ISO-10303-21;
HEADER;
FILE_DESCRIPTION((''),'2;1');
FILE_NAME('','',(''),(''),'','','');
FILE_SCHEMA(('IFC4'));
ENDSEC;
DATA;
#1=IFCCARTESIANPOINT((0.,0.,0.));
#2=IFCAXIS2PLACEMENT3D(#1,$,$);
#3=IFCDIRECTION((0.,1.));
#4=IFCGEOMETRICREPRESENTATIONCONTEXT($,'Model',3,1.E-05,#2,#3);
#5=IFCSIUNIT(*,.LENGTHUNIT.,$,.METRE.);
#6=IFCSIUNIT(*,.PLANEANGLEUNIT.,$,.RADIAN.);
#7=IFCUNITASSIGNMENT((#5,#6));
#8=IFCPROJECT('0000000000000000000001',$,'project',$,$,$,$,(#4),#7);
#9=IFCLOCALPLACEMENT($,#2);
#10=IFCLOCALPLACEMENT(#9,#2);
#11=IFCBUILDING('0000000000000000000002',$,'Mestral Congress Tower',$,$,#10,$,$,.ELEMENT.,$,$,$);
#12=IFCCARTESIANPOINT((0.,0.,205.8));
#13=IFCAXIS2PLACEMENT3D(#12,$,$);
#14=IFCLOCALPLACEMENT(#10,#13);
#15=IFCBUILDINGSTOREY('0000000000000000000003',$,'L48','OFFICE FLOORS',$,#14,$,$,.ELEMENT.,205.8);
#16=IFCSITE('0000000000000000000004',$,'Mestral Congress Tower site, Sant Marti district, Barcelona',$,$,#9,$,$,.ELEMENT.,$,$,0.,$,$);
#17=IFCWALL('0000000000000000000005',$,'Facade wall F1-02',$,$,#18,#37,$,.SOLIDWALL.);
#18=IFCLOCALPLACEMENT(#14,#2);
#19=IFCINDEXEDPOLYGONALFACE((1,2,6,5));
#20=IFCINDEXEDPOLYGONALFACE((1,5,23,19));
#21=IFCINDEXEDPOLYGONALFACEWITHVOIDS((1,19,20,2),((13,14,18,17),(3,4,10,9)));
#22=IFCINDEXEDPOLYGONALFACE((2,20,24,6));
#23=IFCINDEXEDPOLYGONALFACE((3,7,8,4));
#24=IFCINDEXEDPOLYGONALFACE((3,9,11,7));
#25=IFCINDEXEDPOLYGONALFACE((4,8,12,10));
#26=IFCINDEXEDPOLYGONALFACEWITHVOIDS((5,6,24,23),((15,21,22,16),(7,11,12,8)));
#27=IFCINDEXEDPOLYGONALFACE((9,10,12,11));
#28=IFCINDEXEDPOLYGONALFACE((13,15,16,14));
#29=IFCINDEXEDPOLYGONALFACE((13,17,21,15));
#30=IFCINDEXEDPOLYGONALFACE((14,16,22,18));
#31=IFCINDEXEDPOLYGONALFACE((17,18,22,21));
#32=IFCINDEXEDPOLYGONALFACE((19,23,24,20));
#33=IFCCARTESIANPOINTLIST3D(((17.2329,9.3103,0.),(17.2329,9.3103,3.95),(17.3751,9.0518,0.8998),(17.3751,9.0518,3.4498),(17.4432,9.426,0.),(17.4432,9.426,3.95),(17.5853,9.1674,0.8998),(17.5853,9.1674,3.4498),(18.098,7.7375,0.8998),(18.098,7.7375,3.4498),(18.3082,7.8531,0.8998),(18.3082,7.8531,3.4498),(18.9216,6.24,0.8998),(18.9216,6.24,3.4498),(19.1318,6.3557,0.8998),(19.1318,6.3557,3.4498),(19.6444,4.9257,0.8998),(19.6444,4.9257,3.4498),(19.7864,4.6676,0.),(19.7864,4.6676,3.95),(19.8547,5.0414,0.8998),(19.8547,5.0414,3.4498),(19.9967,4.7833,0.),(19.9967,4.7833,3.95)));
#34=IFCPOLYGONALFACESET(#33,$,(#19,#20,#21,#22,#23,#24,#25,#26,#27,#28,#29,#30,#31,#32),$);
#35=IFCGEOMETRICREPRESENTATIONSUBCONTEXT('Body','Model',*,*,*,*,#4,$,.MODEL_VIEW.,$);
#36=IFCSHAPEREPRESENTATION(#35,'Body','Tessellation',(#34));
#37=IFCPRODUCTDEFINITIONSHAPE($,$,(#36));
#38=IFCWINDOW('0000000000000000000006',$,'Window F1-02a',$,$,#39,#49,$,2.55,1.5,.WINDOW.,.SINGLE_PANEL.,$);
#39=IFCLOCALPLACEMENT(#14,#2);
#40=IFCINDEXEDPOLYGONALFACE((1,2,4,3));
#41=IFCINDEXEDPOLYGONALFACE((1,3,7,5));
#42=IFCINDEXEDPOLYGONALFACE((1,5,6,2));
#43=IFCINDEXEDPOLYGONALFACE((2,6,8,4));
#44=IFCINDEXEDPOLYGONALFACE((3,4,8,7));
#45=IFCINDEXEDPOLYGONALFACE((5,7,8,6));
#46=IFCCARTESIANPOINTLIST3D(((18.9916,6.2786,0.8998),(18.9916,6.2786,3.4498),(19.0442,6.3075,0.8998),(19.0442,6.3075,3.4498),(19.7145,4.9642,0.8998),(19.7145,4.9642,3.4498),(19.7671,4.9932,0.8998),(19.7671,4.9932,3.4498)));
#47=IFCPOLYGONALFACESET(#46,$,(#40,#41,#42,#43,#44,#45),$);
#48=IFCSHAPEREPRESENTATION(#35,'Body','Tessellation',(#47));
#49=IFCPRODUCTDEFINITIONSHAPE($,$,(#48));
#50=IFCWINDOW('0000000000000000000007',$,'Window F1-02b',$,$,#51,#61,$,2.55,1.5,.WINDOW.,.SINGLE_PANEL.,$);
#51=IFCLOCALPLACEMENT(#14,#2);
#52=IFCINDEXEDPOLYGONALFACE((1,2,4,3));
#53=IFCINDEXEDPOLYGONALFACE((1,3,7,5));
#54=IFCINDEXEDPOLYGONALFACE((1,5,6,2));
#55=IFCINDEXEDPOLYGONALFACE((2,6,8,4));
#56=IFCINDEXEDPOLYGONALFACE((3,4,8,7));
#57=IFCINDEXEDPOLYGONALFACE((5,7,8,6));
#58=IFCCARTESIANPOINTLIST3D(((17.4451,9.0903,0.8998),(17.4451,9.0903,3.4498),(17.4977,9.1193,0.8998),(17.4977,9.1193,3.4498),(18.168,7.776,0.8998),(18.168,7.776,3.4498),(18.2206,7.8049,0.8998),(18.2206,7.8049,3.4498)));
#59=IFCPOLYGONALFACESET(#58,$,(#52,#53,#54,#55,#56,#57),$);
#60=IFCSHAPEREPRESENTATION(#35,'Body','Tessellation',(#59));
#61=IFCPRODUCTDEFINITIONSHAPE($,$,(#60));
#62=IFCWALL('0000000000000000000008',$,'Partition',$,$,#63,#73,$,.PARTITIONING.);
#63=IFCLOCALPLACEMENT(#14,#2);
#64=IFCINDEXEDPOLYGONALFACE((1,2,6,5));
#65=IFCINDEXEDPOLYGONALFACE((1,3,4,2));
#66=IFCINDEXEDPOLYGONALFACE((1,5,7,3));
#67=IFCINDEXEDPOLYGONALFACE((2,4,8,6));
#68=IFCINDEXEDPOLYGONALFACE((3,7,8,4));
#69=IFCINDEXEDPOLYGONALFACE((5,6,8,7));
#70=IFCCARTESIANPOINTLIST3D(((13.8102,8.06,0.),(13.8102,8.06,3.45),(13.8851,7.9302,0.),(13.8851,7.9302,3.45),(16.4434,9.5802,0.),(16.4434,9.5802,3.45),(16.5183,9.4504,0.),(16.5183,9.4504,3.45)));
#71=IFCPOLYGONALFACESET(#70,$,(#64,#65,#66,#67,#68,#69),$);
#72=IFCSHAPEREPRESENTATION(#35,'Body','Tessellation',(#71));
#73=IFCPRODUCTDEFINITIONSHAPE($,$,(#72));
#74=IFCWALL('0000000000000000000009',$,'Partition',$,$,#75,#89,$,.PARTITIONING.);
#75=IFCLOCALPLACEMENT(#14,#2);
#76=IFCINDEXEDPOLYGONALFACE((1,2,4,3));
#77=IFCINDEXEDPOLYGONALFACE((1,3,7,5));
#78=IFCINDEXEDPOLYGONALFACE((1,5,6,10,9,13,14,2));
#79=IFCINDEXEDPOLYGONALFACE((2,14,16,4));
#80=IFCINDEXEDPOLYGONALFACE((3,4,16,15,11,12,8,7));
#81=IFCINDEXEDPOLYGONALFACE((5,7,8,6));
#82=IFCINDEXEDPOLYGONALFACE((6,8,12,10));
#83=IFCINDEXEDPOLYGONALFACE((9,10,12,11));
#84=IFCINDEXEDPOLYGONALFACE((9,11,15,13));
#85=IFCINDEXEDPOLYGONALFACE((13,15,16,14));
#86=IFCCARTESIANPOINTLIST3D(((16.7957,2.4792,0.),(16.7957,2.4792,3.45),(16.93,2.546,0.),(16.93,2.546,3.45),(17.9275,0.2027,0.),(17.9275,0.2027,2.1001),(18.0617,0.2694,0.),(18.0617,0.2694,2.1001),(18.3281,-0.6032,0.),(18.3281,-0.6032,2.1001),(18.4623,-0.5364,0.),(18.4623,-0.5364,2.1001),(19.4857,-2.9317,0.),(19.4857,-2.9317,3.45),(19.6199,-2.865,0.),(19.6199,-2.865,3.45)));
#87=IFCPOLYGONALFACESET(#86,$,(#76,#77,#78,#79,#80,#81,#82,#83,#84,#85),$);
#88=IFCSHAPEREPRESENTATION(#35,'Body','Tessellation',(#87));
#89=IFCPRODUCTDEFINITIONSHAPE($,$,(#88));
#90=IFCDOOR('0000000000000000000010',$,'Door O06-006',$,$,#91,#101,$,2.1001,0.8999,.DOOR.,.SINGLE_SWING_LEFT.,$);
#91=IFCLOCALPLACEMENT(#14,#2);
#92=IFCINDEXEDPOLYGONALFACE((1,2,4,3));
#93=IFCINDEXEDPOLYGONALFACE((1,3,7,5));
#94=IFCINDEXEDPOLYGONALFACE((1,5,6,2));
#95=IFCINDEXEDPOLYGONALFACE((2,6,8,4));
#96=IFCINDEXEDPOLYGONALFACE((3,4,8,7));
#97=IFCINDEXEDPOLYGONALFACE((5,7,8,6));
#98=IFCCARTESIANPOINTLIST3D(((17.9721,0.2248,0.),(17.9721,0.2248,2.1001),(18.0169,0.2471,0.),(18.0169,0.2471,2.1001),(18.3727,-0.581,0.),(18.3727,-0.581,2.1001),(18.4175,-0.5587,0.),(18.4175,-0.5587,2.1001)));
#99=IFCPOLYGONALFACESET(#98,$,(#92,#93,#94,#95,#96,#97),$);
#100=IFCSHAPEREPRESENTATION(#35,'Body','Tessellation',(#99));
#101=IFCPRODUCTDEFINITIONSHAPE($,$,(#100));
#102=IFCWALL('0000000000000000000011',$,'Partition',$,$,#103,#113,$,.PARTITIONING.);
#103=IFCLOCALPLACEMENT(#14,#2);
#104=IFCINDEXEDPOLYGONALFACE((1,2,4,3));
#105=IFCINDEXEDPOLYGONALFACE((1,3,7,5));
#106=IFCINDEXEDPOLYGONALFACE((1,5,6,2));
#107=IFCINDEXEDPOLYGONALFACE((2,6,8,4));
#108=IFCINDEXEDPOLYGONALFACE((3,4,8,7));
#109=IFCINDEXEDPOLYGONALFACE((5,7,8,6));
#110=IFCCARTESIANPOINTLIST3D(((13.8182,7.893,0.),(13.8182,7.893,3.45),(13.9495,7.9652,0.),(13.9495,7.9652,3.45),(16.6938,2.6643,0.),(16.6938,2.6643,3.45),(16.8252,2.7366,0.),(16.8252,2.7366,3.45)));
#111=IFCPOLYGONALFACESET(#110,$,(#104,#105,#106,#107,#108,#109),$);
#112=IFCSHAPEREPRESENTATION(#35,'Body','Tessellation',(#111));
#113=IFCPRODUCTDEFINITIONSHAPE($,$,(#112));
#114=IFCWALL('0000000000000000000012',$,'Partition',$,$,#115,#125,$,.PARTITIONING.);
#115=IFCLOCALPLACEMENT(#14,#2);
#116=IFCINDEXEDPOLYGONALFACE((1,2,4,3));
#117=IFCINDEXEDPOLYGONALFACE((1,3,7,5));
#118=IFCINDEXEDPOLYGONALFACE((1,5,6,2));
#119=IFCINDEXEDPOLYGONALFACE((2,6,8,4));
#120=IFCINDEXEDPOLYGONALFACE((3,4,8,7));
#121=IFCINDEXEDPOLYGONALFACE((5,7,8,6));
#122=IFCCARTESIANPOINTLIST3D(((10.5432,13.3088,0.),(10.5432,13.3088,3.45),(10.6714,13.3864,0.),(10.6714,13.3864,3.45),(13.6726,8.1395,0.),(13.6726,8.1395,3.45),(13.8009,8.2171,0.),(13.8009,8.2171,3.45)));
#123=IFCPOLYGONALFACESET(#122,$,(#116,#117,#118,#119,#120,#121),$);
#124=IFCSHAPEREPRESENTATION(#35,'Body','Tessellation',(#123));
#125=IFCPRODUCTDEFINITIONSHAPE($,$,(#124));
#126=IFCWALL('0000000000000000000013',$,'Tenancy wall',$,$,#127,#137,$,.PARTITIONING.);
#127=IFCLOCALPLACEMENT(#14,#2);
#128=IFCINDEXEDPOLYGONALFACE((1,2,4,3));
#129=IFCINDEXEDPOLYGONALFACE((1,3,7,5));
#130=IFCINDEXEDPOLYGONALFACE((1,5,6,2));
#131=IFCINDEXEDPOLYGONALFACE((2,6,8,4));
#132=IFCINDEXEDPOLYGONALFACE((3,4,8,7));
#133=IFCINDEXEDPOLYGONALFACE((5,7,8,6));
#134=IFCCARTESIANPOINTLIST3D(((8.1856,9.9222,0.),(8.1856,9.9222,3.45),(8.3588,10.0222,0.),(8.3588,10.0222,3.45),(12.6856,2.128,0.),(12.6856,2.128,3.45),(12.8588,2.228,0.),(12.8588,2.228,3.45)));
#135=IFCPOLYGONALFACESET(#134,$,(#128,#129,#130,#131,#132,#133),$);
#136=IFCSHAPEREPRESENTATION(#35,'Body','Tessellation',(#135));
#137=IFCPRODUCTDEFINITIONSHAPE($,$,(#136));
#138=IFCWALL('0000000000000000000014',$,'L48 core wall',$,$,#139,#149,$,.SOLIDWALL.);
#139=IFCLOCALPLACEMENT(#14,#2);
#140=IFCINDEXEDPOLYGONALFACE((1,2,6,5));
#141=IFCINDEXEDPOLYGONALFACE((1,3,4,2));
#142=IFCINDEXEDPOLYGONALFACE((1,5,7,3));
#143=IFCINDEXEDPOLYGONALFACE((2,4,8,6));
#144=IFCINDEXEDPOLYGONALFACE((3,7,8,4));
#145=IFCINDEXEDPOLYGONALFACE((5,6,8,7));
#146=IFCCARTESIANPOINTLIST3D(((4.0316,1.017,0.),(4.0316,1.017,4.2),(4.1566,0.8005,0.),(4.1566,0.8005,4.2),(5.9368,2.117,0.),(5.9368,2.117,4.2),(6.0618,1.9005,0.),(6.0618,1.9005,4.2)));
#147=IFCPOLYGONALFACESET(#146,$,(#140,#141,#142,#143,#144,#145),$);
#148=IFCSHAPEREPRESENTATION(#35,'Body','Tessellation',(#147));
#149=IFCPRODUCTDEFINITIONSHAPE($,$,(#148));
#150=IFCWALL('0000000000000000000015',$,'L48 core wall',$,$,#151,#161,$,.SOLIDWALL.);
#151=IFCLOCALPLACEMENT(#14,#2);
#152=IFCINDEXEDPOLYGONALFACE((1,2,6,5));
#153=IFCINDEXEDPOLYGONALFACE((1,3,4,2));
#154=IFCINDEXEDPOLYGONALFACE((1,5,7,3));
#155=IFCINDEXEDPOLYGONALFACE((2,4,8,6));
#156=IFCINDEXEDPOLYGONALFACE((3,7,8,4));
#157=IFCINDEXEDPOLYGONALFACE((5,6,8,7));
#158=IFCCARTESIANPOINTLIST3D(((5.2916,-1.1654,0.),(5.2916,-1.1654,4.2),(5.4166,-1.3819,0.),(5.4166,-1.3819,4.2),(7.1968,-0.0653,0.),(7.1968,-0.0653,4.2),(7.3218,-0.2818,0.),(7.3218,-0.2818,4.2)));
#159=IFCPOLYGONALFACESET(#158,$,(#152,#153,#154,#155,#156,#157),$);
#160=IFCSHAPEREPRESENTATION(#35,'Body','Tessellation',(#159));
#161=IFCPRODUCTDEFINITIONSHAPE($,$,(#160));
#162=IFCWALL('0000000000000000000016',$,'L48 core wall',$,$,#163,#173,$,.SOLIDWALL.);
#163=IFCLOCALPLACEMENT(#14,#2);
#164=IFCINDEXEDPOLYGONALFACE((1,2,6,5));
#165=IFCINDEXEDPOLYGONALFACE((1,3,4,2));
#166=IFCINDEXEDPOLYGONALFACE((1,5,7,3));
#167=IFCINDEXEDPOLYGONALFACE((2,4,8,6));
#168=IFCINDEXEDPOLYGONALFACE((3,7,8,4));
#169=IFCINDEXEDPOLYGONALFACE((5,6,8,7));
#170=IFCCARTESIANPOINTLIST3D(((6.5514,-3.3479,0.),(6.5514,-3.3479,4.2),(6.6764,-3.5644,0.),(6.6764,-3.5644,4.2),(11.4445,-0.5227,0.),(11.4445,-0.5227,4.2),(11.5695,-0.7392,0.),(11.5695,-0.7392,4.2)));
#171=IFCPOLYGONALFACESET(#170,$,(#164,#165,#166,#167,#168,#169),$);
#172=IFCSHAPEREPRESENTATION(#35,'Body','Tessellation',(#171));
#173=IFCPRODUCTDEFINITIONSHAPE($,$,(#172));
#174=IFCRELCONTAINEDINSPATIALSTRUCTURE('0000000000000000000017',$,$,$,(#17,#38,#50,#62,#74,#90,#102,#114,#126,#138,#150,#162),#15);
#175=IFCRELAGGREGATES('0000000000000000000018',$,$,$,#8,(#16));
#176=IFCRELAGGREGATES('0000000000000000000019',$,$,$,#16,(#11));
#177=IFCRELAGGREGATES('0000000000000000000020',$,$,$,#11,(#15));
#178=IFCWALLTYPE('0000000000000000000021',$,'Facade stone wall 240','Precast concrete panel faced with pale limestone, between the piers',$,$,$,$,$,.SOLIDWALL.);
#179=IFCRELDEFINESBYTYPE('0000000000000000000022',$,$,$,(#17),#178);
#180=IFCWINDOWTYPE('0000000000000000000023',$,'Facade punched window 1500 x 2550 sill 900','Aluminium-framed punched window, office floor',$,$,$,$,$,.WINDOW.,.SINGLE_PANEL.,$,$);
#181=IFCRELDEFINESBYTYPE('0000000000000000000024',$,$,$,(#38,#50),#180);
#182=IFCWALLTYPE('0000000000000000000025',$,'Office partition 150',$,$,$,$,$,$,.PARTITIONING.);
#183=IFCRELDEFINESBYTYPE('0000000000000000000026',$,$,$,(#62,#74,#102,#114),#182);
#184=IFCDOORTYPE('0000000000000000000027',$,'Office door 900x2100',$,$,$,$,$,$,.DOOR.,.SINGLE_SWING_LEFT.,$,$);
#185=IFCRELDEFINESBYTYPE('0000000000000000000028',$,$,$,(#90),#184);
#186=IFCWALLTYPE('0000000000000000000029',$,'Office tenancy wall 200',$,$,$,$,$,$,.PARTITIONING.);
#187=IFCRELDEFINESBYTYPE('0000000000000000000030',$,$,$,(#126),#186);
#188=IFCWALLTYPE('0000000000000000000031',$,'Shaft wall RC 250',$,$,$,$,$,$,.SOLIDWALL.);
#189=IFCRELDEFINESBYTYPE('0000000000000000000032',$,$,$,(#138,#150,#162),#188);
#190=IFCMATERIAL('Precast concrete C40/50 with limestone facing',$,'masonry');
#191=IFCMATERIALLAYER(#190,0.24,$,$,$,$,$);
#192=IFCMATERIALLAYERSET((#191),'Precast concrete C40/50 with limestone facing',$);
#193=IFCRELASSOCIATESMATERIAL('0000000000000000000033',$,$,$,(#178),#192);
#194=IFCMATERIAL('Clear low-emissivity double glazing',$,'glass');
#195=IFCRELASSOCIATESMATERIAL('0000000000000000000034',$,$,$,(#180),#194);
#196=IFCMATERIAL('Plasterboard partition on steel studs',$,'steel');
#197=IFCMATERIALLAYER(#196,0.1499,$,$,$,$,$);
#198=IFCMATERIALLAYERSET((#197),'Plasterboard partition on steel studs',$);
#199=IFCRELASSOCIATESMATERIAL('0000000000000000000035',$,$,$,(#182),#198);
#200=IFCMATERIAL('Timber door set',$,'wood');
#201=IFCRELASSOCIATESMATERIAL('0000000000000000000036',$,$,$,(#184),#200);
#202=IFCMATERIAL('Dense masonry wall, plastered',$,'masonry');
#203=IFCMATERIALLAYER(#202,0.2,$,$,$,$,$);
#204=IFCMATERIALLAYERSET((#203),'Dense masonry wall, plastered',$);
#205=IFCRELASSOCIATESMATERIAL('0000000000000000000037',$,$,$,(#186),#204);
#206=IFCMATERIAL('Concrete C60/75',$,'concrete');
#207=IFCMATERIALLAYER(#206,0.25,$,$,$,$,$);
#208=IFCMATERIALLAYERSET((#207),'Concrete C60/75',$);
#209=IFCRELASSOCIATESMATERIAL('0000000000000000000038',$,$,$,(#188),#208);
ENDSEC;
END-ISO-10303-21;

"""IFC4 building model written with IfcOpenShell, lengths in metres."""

from ifc_helpers import new_model, si_unit, direction, frame, frame_2d, origin, place, context, subcontext, project, spatial, rectangle, extrude, material, layer, layer_set, type_object, element, fill, save


model = new_model("IFC4")

# Units and contexts
model_context = context("Model", 3, precision=1e-05, world=origin(), true_north=direction((0.0, 1.0)))
body_context = subcontext(model_context, "Body", "Model", "MODEL_VIEW")
ifc_project = project(units=[si_unit("LENGTHUNIT", "METRE"), si_unit("PLANEANGLEUNIT", "RADIAN")], contexts=[model_context])

# Site, building, storey
site_placement = place(None, origin())
site = spatial("IfcSite", under=ifc_project, at=site_placement, Name="Mestral Congress Tower site, Sant Marti district, Barcelona", CompositionType="ELEMENT", RefElevation=0.0)
building_placement = place(site_placement, origin())
building = spatial("IfcBuilding", under=site, at=building_placement, Name="Mestral Congress Tower", CompositionType="ELEMENT")
storey_placement = place(building_placement, frame((0.0, 0.0, 205.8)))
storey = spatial("IfcBuildingStorey", under=building, at=storey_placement, Name="L48", Description="OFFICE FLOORS", CompositionType="ELEMENT", Elevation=205.8)

# Shared definitions
ifc_material_1 = material(Name="Concrete C60/75", Category="concrete")

# Wall, openings, windows
ifc_material_2 = material(Name="Precast concrete C40/50 with limestone facing", Category="masonry")
ifc_layer_1 = layer(ifc_material_2, 0.24)
ifc_layer_set_1 = layer_set([ifc_layer_1], Name="Precast concrete C40/50 with limestone facing")
wall_type_1 = type_object("IfcWallType", Name="Facade stone wall 240", Description="Precast concrete panel faced with pale limestone, between the piers", PredefinedType="SOLIDWALL", material=ifc_layer_set_1)
ifc_material_3 = material(Name="Clear low-emissivity double glazing", Category="glass")
window_type = type_object("IfcWindowType", Name="Facade punched window 1500 x 2550 sill 900", Description="Aluminium-framed punched window, office floor", PartitioningType="SINGLE_PANEL", PredefinedType="WINDOW", material=ifc_material_3)
wall_1_placement = place(storey_placement, frame((19.8916, 4.7253, 0.0), z_axis=(0.0, 0.0, 1.0), x_axis=(-0.481926, 0.876212, 0.0)))
wall_1 = element("IfcWall", 1, at=wall_1_placement, inside=storey, type_object=wall_type_1, Name="Facade wall F1-02", PredefinedType="SOLIDWALL", context=body_context, shape_type="SweptSolid", body=[
    extrude(rectangle(XDim=5.2986, YDim=0.24, at=frame_2d((2.6494, 0.0))), origin(), (0.0, 0.0, 1.0), 3.95),
])
opening_1_placement = place(wall_1_placement, frame((0.2947, 0.0, 0.8999)))
opening_1 = element("IfcOpeningElement", 2, at=opening_1_placement, cuts=wall_1, PredefinedType="OPENING", context=body_context, shape_type="SweptSolid", body=[
    extrude(rectangle(XDim=1.5, YDim=2.55, at=frame_2d((0.75, 1.2749))), frame((0.0, 0.1299, 0.0), z_axis=(0.0, -1.0, 0.0), x_axis=(1.0, 0.0, 0.0)), (0.0, 0.0, 1.0), 0.26),
])
opening_2_placement = place(wall_1_placement, frame((3.5037, 0.0, 0.8999)))
opening_2 = element("IfcOpeningElement", 3, at=opening_2_placement, cuts=wall_1, PredefinedType="OPENING", context=body_context, shape_type="SweptSolid", body=[
    extrude(rectangle(XDim=1.5, YDim=2.55, at=frame_2d((0.75, 1.2749))), frame((0.0, 0.1299, 0.0), z_axis=(0.0, -1.0, 0.0), x_axis=(1.0, 0.0, 0.0)), (0.0, 0.0, 1.0), 0.26),
])
window_1_placement = place(opening_1_placement, origin())
window_1 = element("IfcWindow", 4, at=window_1_placement, inside=storey, type_object=window_type, Name="Window F1-02a", OverallHeight=2.55, OverallWidth=1.5, PartitioningType="SINGLE_PANEL", PredefinedType="WINDOW", context=body_context, shape_type="SweptSolid", body=[
    extrude(rectangle(XDim=1.5, YDim=2.55, at=frame_2d((0.75, 1.2749))), frame((0.0, 0.04, 0.0), z_axis=(0.0, -1.0, 0.0), x_axis=(1.0, 0.0, 0.0)), (0.0, 0.0, 1.0), 0.0601),
])
fill(opening_1, window_1)
window_2_placement = place(opening_2_placement, origin())
window_2 = element("IfcWindow", 5, at=window_2_placement, inside=storey, type_object=window_type, Name="Window F1-02b", OverallHeight=2.55, OverallWidth=1.5, PartitioningType="SINGLE_PANEL", PredefinedType="WINDOW", context=body_context, shape_type="SweptSolid", body=[
    extrude(rectangle(XDim=1.5, YDim=2.55, at=frame_2d((0.75, 1.2749))), frame((0.0, 0.04, 0.0), z_axis=(0.0, -1.0, 0.0), x_axis=(1.0, 0.0, 0.0)), (0.0, 0.0, 1.0), 0.0601),
])
fill(opening_2, window_2)

# Wall
ifc_material_4 = material(Name="Plasterboard partition on steel studs", Category="steel")
ifc_layer_2 = layer(ifc_material_4, 0.1499)
ifc_layer_set_2 = layer_set([ifc_layer_2], Name="Plasterboard partition on steel studs")
wall_type_2 = type_object("IfcWallType", Name="Office partition 150", PredefinedType="PARTITIONING", material=ifc_layer_set_2)
wall_2_placement = place(storey_placement, frame((13.8477, 7.9951, 0.0), z_axis=(0.0, 0.0, 1.0), x_axis=(0.866036, 0.499982, 0.0)))
element("IfcWall", 6, at=wall_2_placement, inside=storey, type_object=wall_type_2, Name="Partition", PredefinedType="PARTITIONING", context=body_context, shape_type="SweptSolid", body=[
    extrude(rectangle(XDim=3.0405, YDim=0.1499, at=frame_2d((1.5203, 0.0))), origin(), (0.0, 0.0, 1.0), 3.45),
])

# Wall, opening, door
wall_3_placement = place(storey_placement, frame((16.8628, 2.5127, 0.0), z_axis=(0.0, 0.0, 1.0), x_axis=(0.44516, -0.895451, 0.0)))
wall_3 = element("IfcWall", 7, at=wall_3_placement, inside=storey, type_object=wall_type_2, Name="Partition", PredefinedType="PARTITIONING", context=body_context, shape_type="SweptSolid", body=[
    extrude(rectangle(XDim=6.0427, YDim=0.1499, at=frame_2d((3.0215, 0.0))), origin(), (0.0, 0.0, 1.0), 3.45),
])
opening_3_placement = place(wall_3_placement, frame((2.5425, 0.0, 0.0)))
opening_3 = element("IfcOpeningElement", 8, at=opening_3_placement, cuts=wall_3, PredefinedType="OPENING", context=body_context, shape_type="SweptSolid", body=[
    extrude(rectangle(XDim=0.8999, YDim=2.1001, at=frame_2d((0.45, 1.05))), frame((0.0, 0.085, 0.0), z_axis=(0.0, -1.0, 0.0), x_axis=(1.0, 0.0, 0.0)), (0.0, 0.0, 1.0), 0.1699),
])
ifc_material_5 = material(Name="Timber door set", Category="wood")
door_type_1 = type_object("IfcDoorType", Name="Office door 900x2100", OperationType="SINGLE_SWING_LEFT", PredefinedType="DOOR", material=ifc_material_5)
door_1_placement = place(opening_3_placement, origin())
door_1 = element("IfcDoor", 9, at=door_1_placement, inside=storey, type_object=door_type_1, Name="Door O06-006", OperationType="SINGLE_SWING_LEFT", OverallHeight=2.1001, OverallWidth=0.8999, PredefinedType="DOOR", context=body_context, shape_type="SweptSolid", body=[
    extrude(rectangle(XDim=0.8999, YDim=2.1001, at=frame_2d((0.45, 1.05))), frame((0.0, 0.0249, 0.0), z_axis=(0.0, -1.0, 0.0), x_axis=(1.0, 0.0, 0.0)), (0.0, 0.0, 1.0), 0.05),
])
fill(opening_3, door_1)

# Walls
wall_4_placement = place(storey_placement, frame((16.7595, 2.7004, 0.0), z_axis=(0.0, 0.0, 1.0), x_axis=(-0.481908, 0.876222, 0.0)))
element("IfcWall", 10, at=wall_4_placement, inside=storey, type_object=wall_type_2, Name="Partition", PredefinedType="PARTITIONING", context=body_context, shape_type="SweptSolid", body=[
    extrude(rectangle(XDim=5.9673, YDim=0.1499, at=frame_2d((2.9836, 0.0))), origin(), (0.0, 0.0, 1.0), 3.45),
])
wall_5_placement = place(storey_placement, frame((13.7368, 8.1782, 0.0), z_axis=(0.0, 0.0, 1.0), x_axis=(-0.517884, 0.855451, 0.0)))
element("IfcWall", 11, at=wall_5_placement, inside=storey, type_object=wall_type_2, Name="Partition", PredefinedType="PARTITIONING", context=body_context, shape_type="SweptSolid", body=[
    extrude(rectangle(XDim=6.0427, YDim=0.1499, at=frame_2d((3.0215, 0.0))), origin(), (0.0, 0.0, 1.0), 3.45),
])
ifc_material_6 = material(Name="Dense masonry wall, plastered", Category="masonry")
ifc_layer_3 = layer(ifc_material_6, 0.2)
ifc_layer_set_3 = layer_set([ifc_layer_3], Name="Dense masonry wall, plastered")
wall_type_3 = type_object("IfcWallType", Name="Office tenancy wall 200", PredefinedType="PARTITIONING", material=ifc_layer_set_3)
wall_6_placement = place(storey_placement, frame((12.7722, 2.178, 0.0), z_axis=(0.0, 0.0, 1.0), x_axis=(-0.500002, 0.866024, 0.0)))
element("IfcWall", 12, at=wall_6_placement, inside=storey, type_object=wall_type_3, Name="Tenancy wall", PredefinedType="PARTITIONING", context=body_context, shape_type="SweptSolid", body=[
    extrude(rectangle(XDim=9.0, YDim=0.2, at=frame_2d((4.5, 0.0))), origin(), (0.0, 0.0, 1.0), 3.45),
])
ifc_layer_4 = layer(ifc_material_1, 0.25)
ifc_layer_set_4 = layer_set([ifc_layer_4], Name="Concrete C60/75")
wall_type_4 = type_object("IfcWallType", Name="Shaft wall RC 250", PredefinedType="SOLIDWALL", material=ifc_layer_set_4)
for number, where, z_axis, x_axis, name in (
    (13, (4.094, 0.9087, 0.0), (0.0, 0.0, 1.0), (0.866008, 0.50003, 0.0), "L48 core wall"),
    (14, (5.354, -1.2737, 0.0), (0.0, 0.0, 1.0), (0.866008, 0.50003, 0.0), "L48 core wall"),
):
    element("IfcWall", number, at=place(storey_placement, frame(where, z_axis=z_axis, x_axis=x_axis)), inside=storey, type_object=wall_type_4, Name=name, PredefinedType="SOLIDWALL", context=body_context, shape_type="SweptSolid", body=[
        extrude(rectangle(XDim=2.2, YDim=0.25, at=frame_2d((1.1001, 0.0))), origin(), (0.0, 0.0, 1.0), 4.2),
    ])
wall_7_placement = place(storey_placement, frame((11.5071, -0.6309, 0.0), z_axis=(0.0, 0.0, 1.0), x_axis=(-0.866011, -0.500024, 0.0)))
element("IfcWall", 15, at=wall_7_placement, inside=storey, type_object=wall_type_4, Name="L48 core wall", PredefinedType="SOLIDWALL", context=body_context, shape_type="SweptSolid", body=[
    extrude(rectangle(XDim=5.6501, YDim=0.25, at=frame_2d((2.8252, 0.0))), origin(), (0.0, 0.0, 1.0), 4.2),
])

save(model, "model.ifc")
